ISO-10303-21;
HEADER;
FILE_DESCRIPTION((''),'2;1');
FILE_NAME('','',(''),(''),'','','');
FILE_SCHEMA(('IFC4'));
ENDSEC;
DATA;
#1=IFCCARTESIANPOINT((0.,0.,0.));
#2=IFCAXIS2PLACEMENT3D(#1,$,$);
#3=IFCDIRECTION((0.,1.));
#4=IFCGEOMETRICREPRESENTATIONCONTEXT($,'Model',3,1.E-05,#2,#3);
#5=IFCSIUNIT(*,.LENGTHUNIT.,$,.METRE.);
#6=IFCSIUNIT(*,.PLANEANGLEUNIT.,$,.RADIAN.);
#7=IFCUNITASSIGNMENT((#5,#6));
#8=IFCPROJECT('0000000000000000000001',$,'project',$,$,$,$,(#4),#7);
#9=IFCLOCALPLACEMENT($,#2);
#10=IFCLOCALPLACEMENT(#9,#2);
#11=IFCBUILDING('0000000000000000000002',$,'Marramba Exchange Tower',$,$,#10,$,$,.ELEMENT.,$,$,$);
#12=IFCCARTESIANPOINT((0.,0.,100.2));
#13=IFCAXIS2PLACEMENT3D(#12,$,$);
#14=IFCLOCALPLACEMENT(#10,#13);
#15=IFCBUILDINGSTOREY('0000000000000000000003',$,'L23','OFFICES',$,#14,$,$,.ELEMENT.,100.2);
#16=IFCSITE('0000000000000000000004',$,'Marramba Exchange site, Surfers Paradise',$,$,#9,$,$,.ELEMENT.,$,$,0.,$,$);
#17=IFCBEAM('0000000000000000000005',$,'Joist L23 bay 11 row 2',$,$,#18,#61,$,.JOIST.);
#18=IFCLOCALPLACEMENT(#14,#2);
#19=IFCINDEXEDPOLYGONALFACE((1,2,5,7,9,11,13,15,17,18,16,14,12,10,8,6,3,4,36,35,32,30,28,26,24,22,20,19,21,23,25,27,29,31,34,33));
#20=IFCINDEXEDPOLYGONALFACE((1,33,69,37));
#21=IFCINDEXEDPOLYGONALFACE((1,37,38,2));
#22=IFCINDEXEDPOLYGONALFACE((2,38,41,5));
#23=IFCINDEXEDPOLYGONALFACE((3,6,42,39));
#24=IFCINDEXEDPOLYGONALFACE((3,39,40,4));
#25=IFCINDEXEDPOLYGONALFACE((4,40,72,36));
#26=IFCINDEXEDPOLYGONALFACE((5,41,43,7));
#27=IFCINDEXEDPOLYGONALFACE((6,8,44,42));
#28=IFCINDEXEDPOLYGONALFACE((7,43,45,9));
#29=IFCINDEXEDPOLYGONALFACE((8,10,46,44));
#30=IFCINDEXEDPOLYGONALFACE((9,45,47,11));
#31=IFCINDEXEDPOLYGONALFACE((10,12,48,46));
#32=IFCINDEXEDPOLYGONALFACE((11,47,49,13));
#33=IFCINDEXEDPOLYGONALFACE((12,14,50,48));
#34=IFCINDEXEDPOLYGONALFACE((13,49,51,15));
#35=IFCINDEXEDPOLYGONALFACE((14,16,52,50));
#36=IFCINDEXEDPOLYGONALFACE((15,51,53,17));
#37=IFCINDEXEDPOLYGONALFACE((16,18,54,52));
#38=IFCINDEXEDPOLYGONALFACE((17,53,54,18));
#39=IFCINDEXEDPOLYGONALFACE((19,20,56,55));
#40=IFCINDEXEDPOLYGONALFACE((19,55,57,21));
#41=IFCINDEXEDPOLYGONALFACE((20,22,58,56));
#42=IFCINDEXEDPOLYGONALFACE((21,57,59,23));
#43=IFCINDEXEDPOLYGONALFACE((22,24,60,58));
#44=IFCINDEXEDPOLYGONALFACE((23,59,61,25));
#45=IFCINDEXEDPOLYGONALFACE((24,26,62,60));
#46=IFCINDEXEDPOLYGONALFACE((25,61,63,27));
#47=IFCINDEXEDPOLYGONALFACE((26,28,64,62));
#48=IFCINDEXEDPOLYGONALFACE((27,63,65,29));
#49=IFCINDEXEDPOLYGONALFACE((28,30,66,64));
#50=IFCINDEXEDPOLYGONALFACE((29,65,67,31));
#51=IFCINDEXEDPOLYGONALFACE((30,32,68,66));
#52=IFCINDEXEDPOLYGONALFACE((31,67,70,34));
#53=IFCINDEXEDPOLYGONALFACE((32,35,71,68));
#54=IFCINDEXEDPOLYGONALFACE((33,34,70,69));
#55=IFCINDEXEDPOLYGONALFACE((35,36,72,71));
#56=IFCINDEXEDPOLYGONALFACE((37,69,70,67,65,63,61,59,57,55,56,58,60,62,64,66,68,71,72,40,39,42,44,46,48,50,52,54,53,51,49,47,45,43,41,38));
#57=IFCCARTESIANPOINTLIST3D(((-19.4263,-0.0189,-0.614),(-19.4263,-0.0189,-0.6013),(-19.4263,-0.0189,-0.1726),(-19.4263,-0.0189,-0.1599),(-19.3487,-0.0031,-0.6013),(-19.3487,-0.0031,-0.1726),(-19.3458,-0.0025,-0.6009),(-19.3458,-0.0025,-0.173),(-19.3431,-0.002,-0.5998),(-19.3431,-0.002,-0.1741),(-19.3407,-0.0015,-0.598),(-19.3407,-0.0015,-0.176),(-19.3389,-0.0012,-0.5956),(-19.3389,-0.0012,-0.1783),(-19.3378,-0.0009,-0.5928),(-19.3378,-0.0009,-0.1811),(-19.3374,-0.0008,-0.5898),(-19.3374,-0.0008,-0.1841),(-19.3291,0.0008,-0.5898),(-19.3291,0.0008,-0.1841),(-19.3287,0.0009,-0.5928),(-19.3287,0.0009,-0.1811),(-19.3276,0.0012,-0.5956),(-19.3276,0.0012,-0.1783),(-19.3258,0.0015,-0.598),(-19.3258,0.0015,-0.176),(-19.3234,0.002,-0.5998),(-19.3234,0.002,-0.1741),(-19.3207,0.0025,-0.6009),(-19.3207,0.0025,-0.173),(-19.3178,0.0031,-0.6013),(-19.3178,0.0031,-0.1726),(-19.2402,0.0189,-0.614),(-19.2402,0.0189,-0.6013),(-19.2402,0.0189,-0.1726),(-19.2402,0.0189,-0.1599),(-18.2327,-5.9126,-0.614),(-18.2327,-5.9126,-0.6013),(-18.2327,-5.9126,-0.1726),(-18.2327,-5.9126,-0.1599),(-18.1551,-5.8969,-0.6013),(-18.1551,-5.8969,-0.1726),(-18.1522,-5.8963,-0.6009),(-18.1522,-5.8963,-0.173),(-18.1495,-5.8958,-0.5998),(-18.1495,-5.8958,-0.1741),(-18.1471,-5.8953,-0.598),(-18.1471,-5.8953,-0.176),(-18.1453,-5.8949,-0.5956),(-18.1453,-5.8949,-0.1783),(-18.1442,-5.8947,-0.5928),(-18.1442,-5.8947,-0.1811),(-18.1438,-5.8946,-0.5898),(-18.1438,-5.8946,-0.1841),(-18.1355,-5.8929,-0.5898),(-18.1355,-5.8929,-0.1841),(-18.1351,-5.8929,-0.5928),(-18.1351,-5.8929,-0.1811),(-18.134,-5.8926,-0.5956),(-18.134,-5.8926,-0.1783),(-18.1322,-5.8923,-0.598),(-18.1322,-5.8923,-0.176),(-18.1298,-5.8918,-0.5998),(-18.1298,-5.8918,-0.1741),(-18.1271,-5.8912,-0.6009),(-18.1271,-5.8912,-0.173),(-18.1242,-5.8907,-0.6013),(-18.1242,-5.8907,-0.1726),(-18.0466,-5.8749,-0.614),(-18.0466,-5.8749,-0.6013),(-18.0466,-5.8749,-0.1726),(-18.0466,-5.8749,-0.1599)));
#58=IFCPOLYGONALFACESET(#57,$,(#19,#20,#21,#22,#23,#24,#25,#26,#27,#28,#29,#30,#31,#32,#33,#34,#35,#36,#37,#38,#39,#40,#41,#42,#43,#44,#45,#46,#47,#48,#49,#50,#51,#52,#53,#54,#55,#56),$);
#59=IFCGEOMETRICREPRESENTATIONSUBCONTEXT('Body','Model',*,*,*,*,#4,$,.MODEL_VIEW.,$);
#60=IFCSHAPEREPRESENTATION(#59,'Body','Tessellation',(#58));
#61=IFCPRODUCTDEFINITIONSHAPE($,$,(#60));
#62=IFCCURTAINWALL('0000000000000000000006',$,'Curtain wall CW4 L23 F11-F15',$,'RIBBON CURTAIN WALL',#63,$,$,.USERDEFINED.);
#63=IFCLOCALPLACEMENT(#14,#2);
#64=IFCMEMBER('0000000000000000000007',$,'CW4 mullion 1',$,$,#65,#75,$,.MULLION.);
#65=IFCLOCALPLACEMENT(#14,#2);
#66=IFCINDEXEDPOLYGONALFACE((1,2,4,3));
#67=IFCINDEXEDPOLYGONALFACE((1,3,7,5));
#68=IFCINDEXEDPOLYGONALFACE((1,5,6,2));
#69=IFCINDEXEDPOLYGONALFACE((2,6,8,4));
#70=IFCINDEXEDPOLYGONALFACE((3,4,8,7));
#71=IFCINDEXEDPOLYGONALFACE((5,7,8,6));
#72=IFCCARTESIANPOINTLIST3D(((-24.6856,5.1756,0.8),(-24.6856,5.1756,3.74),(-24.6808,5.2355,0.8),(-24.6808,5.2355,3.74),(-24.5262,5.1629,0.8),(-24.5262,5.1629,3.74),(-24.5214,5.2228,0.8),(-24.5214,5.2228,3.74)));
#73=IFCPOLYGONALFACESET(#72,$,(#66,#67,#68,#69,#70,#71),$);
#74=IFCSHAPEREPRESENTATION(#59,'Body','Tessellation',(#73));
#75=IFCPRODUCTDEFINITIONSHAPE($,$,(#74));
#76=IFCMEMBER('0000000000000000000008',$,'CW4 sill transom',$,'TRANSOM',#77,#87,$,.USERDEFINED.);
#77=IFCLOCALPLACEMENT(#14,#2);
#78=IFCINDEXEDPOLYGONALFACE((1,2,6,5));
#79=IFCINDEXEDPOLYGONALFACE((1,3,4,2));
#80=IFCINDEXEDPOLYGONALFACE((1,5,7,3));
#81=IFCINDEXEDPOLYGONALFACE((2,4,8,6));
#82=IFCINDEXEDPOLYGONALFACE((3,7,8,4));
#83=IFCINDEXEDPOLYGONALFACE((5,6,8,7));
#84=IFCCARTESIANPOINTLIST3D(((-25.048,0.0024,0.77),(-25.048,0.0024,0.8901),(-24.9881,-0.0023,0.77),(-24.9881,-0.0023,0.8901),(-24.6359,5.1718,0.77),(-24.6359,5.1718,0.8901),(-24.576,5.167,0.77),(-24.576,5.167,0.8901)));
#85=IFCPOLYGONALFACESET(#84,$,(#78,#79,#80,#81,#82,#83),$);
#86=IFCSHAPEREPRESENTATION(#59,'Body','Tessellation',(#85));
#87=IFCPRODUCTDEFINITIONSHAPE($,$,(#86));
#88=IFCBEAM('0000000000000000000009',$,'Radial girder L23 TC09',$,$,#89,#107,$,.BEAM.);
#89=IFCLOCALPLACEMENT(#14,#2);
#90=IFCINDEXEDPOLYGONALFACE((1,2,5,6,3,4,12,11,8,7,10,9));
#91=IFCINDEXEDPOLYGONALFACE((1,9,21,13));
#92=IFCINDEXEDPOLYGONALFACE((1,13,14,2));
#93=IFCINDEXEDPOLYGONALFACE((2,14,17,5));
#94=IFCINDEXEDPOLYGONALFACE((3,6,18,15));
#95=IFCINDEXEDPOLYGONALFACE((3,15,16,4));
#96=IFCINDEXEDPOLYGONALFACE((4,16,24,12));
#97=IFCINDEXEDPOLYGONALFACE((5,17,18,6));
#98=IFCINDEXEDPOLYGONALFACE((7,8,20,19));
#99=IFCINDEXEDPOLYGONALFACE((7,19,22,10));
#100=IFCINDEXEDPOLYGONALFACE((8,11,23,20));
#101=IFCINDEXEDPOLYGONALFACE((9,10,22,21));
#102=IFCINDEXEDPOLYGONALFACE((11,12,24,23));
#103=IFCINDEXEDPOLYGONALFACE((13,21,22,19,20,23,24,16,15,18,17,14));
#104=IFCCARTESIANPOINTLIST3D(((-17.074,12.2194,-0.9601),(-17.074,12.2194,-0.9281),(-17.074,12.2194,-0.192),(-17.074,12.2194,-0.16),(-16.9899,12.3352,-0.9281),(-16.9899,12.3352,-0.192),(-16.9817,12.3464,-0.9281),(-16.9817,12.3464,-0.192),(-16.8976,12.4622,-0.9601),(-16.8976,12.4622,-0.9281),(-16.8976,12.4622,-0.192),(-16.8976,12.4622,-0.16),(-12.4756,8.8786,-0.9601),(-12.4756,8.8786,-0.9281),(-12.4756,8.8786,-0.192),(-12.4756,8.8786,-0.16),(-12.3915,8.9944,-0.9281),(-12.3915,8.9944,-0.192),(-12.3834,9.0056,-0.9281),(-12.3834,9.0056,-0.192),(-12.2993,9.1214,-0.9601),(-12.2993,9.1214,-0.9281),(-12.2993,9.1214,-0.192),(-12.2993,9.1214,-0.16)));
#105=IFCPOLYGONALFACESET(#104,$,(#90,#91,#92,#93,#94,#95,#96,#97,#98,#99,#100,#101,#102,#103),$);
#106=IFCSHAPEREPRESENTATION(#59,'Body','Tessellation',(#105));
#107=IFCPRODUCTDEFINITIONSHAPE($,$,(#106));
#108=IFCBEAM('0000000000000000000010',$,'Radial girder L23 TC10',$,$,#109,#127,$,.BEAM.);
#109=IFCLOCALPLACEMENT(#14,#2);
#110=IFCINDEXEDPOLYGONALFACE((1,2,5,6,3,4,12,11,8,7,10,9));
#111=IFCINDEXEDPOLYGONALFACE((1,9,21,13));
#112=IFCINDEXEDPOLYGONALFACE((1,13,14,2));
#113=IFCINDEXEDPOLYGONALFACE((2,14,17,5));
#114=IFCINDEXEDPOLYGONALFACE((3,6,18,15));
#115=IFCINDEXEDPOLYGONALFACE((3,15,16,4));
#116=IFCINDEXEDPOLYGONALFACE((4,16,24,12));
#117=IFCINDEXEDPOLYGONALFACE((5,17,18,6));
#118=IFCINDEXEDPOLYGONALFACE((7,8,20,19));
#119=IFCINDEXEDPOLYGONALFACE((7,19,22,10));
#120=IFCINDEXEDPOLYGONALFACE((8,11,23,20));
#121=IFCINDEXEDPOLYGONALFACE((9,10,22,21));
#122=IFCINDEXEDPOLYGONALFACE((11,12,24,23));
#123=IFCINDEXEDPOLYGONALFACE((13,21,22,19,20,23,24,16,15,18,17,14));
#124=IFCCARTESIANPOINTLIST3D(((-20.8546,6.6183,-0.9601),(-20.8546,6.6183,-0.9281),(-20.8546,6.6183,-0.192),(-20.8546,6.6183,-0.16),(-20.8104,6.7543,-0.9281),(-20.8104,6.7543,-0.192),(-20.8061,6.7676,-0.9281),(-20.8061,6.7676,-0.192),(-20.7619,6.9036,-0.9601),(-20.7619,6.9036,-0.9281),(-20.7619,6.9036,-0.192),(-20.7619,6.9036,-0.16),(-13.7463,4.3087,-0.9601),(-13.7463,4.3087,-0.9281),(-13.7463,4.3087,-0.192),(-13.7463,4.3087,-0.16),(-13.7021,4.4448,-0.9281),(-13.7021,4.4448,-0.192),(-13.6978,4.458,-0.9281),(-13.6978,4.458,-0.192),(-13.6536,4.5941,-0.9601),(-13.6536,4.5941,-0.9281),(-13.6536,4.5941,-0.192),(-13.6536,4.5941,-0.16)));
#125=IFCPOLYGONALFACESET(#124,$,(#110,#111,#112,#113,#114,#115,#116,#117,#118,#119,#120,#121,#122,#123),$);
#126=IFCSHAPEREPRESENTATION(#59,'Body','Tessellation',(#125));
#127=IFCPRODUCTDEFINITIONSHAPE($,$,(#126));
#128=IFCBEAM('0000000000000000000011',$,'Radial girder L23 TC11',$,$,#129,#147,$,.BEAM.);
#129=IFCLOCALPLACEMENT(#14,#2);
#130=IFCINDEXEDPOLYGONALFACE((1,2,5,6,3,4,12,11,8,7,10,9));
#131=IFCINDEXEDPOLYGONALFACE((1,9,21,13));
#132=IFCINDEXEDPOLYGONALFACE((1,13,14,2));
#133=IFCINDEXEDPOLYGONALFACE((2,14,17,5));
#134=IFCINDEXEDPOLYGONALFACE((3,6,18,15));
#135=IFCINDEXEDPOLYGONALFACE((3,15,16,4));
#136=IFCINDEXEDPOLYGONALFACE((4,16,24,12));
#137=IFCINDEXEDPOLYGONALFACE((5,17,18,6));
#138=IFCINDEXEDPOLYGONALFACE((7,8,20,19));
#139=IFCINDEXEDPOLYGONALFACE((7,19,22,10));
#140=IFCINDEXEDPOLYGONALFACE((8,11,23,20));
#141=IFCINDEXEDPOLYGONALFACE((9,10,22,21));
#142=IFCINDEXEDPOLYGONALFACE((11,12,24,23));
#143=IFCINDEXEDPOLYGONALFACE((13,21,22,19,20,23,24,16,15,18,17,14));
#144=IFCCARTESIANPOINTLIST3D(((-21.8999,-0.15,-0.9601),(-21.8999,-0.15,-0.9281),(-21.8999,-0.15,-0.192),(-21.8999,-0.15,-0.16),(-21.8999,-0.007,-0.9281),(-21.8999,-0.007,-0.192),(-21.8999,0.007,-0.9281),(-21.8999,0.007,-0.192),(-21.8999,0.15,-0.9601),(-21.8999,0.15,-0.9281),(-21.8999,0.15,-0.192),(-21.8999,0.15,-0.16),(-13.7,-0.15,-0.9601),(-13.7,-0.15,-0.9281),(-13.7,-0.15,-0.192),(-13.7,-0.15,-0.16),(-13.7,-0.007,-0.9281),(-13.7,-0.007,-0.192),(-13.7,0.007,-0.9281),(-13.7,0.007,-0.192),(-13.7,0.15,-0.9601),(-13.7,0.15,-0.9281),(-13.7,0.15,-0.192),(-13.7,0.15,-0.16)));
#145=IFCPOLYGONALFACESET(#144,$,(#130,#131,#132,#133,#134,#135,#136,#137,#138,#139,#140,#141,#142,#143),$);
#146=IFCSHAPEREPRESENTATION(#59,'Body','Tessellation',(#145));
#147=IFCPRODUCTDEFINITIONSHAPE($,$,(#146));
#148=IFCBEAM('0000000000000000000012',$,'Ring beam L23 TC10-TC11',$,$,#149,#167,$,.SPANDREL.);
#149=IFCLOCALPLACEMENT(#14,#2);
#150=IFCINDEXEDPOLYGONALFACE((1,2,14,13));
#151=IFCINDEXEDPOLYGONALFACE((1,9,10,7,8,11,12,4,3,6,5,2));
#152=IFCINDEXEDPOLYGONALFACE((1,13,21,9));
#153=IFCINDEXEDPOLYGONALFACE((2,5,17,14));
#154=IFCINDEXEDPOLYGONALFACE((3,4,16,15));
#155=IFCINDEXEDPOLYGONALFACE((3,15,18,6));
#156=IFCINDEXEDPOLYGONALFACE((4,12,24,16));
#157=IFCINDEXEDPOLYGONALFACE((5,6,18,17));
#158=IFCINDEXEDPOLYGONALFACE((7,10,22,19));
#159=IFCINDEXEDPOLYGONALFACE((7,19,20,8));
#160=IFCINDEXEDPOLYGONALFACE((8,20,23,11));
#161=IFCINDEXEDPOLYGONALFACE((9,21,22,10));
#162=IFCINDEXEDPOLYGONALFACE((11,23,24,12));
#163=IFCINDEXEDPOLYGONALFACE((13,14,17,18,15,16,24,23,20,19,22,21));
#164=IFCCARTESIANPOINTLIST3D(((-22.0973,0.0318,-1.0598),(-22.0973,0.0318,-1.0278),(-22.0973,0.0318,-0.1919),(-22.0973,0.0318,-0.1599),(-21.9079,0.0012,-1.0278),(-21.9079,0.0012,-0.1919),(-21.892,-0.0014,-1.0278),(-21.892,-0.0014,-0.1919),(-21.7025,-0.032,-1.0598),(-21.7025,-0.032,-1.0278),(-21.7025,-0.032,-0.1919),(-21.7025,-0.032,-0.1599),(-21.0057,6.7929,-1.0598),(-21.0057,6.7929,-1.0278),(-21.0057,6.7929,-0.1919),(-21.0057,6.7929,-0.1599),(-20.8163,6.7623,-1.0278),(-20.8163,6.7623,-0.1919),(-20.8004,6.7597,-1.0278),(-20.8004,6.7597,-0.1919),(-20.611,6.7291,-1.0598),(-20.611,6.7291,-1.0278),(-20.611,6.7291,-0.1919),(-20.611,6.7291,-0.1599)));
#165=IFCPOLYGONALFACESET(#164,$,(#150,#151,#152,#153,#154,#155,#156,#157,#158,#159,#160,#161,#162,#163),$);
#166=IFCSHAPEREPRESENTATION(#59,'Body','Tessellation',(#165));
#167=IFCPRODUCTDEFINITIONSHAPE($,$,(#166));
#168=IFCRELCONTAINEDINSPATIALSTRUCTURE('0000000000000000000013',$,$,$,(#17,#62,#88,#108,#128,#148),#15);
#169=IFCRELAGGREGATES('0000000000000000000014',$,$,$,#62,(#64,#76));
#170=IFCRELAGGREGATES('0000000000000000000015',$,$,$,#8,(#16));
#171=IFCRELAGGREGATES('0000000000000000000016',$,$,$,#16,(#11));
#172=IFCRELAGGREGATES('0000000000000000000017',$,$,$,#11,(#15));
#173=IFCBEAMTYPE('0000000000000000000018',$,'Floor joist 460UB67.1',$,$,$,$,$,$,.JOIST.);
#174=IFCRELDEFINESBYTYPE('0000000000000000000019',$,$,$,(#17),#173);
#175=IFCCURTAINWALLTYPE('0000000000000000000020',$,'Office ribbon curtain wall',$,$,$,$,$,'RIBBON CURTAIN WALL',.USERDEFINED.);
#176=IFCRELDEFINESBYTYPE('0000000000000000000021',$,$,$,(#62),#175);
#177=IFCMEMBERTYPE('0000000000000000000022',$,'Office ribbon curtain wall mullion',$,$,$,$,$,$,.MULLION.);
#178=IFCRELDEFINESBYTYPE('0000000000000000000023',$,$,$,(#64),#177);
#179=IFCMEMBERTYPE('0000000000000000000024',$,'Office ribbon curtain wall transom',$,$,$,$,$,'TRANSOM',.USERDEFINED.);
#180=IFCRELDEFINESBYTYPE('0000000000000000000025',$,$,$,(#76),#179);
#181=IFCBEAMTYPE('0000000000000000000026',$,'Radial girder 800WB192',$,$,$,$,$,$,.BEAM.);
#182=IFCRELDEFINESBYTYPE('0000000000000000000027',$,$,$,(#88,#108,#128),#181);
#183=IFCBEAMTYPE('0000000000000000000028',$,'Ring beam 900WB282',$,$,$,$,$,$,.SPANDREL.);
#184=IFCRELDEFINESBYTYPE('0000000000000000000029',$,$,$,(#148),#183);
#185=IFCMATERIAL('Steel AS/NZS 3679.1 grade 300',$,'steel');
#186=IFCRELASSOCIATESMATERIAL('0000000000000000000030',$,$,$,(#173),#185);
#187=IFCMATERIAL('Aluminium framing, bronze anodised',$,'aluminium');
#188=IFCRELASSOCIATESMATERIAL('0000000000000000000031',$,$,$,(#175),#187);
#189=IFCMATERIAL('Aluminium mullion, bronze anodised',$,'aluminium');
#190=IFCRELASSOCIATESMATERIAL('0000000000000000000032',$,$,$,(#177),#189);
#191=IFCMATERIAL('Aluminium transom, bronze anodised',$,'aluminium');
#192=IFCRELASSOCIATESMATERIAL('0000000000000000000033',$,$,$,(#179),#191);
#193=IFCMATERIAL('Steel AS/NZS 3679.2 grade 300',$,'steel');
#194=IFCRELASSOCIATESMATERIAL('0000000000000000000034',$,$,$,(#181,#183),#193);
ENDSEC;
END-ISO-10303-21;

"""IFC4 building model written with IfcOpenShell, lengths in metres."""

from ifc_helpers import new_model, si_unit, direction, frame, origin, origin_2d, place, context, subcontext, project, spatial, rectangle, i_section, extrude, material, material_profile, profile_set, type_object, element, aggregate, save


model = new_model("IFC4")

# Units and contexts
model_context = context("Model", 3, precision=1e-05, world=origin(), true_north=direction((0.0, 1.0)))
body_context = subcontext(model_context, "Body", "Model", "MODEL_VIEW")
ifc_project = project(units=[si_unit("LENGTHUNIT", "METRE"), si_unit("PLANEANGLEUNIT", "RADIAN")], contexts=[model_context])

# Site, building, storey
site_placement = place(None, origin())
site = spatial("IfcSite", under=ifc_project, at=site_placement, Name="Marramba Exchange site, Surfers Paradise", CompositionType="ELEMENT", RefElevation=0.0)
building_placement = place(site_placement, origin())
building = spatial("IfcBuilding", under=site, at=building_placement, Name="Marramba Exchange Tower", CompositionType="ELEMENT")
storey_placement = place(building_placement, frame((0.0, 0.0, 100.2)))
storey = spatial("IfcBuildingStorey", under=building, at=storey_placement, Name="L23", Description="OFFICES", CompositionType="ELEMENT", Elevation=100.2)

# Beam
ifc_material_1 = material(Name="Steel AS/NZS 3679.2 grade 300", Category="steel")
ifc_material_2 = material(Name="Steel AS/NZS 3679.1 grade 300", Category="steel")
ifc_material_profile_1 = material_profile(ifc_material_2, i_section(OverallWidth=0.1899, OverallDepth=0.4541, WebThickness=0.0085, FlangeThickness=0.0127, FilletRadius=0.0115, at=origin_2d()), Name="460UB67.1")
ifc_profile_set_1 = profile_set([ifc_material_profile_1], Name="Steel AS/NZS 3679.1 grade 300")
beam_type_1 = type_object("IfcBeamType", Name="Floor joist 460UB67.1", PredefinedType="JOIST", material=ifc_profile_set_1)
beam_1_placement = place(storey_placement, frame((-19.3333, 0.0, -0.387), z_axis=(0.198489, -0.980103, 0.0), x_axis=(0.980103, 0.198489, 0.0)))
element("IfcBeam", 1, at=beam_1_placement, inside=storey, type_object=beam_type_1, Name="Joist L23 bay 11 row 2", PredefinedType="JOIST", context=body_context, shape_type="SweptSolid", body=[
    extrude(i_section(OverallWidth=0.1899, OverallDepth=0.4541, WebThickness=0.0085, FlangeThickness=0.0127, FilletRadius=0.0115, at=origin_2d()), origin(), (0.0, 0.0, 1.0), 6.0134),
])

# Curtain wall, members
ifc_material_3 = material(Name="Aluminium framing, bronze anodised", Category="aluminium")
curtain_wall_type = type_object("IfcCurtainWallType", Name="Office ribbon curtain wall", ElementType="RIBBON CURTAIN WALL", PredefinedType="USERDEFINED", material=ifc_material_3)
curtain_wall_placement = place(storey_placement, origin())
curtain_wall = element("IfcCurtainWall", 2, at=curtain_wall_placement, inside=storey, type_object=curtain_wall_type, Name="Curtain wall CW4 L23 F11-F15", ObjectType="RIBBON CURTAIN WALL", PredefinedType="USERDEFINED")
ifc_material_4 = material(Name="Aluminium mullion, bronze anodised", Category="aluminium")
ifc_material_profile_2 = material_profile(ifc_material_4, rectangle(XDim=0.1599, YDim=0.0601, at=origin_2d()), Name="CW4 mullion 60x160")
ifc_profile_set_2 = profile_set([ifc_material_profile_2], Name="Aluminium mullion, bronze anodised")
member_type_1 = type_object("IfcMemberType", Name="Office ribbon curtain wall mullion", PredefinedType="MULLION", material=ifc_profile_set_2)
member_1_placement = place(storey_placement, frame((-24.6035, 5.1992, 0.8), z_axis=(0.0, 0.0, 1.0), x_axis=(0.996838, -0.07946, 0.0)))
member_1 = element("IfcMember", 3, at=member_1_placement, type_object=member_type_1, Name="CW4 mullion 1", PredefinedType="MULLION", context=body_context, shape_type="SweptSolid", body=[
    extrude(rectangle(XDim=0.1599, YDim=0.0601, at=origin_2d()), origin(), (0.0, 0.0, 1.0), 2.9399),
])
ifc_material_5 = material(Name="Aluminium transom, bronze anodised", Category="aluminium")
ifc_material_profile_3 = material_profile(ifc_material_5, rectangle(XDim=0.0601, YDim=0.1201, at=origin_2d()), Name="CW4 transom 60x120")
ifc_profile_set_3 = profile_set([ifc_material_profile_3], Name="Aluminium transom, bronze anodised")
member_type_2 = type_object("IfcMemberType", Name="Office ribbon curtain wall transom", ElementType="TRANSOM", PredefinedType="USERDEFINED", material=ifc_profile_set_3)
member_2_placement = place(storey_placement, frame((-24.606, 5.1694, 0.8301), z_axis=(-0.079468, -0.996837, 0.0), x_axis=(0.996837, -0.079468, 0.0)))
member_2 = element("IfcMember", 4, at=member_2_placement, type_object=member_type_2, Name="CW4 sill transom", ObjectType="TRANSOM", PredefinedType="USERDEFINED", context=body_context, shape_type="SweptSolid", body=[
    extrude(rectangle(XDim=0.0601, YDim=0.1201, at=origin_2d()), origin(), (0.0, 0.0, 1.0), 5.1858),
])

# Beams
ifc_material_profile_4 = material_profile(ifc_material_1, i_section(OverallWidth=0.3, OverallDepth=0.8, WebThickness=0.0139, FlangeThickness=0.032, at=origin_2d()), Name="800WB192")
ifc_profile_set_4 = profile_set([ifc_material_profile_4], Name="Steel AS/NZS 3679.2 grade 300")
beam_type_2 = type_object("IfcBeamType", Name="Radial girder 800WB192", PredefinedType="BEAM", material=ifc_profile_set_4)
beam_2_placement = place(storey_placement, frame((-12.3875, 9.0, -0.5601), z_axis=(-0.809026, 0.587773, 0.0), x_axis=(-0.587773, -0.809026, 0.0)))
element("IfcBeam", 5, at=beam_2_placement, inside=storey, type_object=beam_type_2, Name="Radial girder L23 TC09", PredefinedType="BEAM", context=body_context, shape_type="SweptSolid", body=[
    extrude(i_section(OverallWidth=0.3, OverallDepth=0.8, WebThickness=0.0139, FlangeThickness=0.032, at=origin_2d()), origin(), (0.0, 0.0, 1.0), 5.6838),
])
beam_3_placement = place(storey_placement, frame((-13.7, 4.4514, -0.5601), z_axis=(-0.95106, 0.309006, 0.0), x_axis=(-0.309006, -0.95106, 0.0)))
element("IfcBeam", 6, at=beam_3_placement, inside=storey, type_object=beam_type_2, Name="Radial girder L23 TC10", PredefinedType="BEAM", context=body_context, shape_type="SweptSolid", body=[
    extrude(i_section(OverallWidth=0.3, OverallDepth=0.8, WebThickness=0.0139, FlangeThickness=0.032, at=origin_2d()), origin(), (0.0, 0.0, 1.0), 7.4741),
])
beam_4_placement = place(storey_placement, frame((-13.7, 0.0, -0.5601), z_axis=(-1.0, 0.0, 0.0), x_axis=(0.0, -1.0, 0.0)))
element("IfcBeam", 7, at=beam_4_placement, inside=storey, type_object=beam_type_2, Name="Radial girder L23 TC11", PredefinedType="BEAM", context=body_context, shape_type="SweptSolid", body=[
    extrude(i_section(OverallWidth=0.3, OverallDepth=0.8, WebThickness=0.0139, FlangeThickness=0.032, at=origin_2d()), origin(), (0.0, 0.0, 1.0), 8.2),
])
ifc_material_profile_5 = material_profile(ifc_material_1, i_section(OverallWidth=0.3999, OverallDepth=0.8999, WebThickness=0.0161, FlangeThickness=0.032, at=origin_2d()), Name="900WB282")
ifc_profile_set_5 = profile_set([ifc_material_profile_5], Name="Steel AS/NZS 3679.2 grade 300")
beam_type_3 = type_object("IfcBeamType", Name="Ring beam 900WB282", PredefinedType="SPANDREL", material=ifc_profile_set_5)
beam_5_placement = place(storey_placement, frame((-20.8083, 6.761, -0.6099), z_axis=(-0.159385, -0.987217, 0.0), x_axis=(0.987217, -0.159385, 0.0)))
element("IfcBeam", 8, at=beam_5_placement, inside=storey, type_object=beam_type_3, Name="Ring beam L23 TC10-TC11", PredefinedType="SPANDREL", context=body_context, shape_type="SweptSolid", body=[
    extrude(i_section(OverallWidth=0.3999, OverallDepth=0.8999, WebThickness=0.0161, FlangeThickness=0.032, at=origin_2d()), origin(), (0.0, 0.0, 1.0), 6.8486),
])

aggregate(curtain_wall, [member_1, member_2])

save(model, "model.ifc")
